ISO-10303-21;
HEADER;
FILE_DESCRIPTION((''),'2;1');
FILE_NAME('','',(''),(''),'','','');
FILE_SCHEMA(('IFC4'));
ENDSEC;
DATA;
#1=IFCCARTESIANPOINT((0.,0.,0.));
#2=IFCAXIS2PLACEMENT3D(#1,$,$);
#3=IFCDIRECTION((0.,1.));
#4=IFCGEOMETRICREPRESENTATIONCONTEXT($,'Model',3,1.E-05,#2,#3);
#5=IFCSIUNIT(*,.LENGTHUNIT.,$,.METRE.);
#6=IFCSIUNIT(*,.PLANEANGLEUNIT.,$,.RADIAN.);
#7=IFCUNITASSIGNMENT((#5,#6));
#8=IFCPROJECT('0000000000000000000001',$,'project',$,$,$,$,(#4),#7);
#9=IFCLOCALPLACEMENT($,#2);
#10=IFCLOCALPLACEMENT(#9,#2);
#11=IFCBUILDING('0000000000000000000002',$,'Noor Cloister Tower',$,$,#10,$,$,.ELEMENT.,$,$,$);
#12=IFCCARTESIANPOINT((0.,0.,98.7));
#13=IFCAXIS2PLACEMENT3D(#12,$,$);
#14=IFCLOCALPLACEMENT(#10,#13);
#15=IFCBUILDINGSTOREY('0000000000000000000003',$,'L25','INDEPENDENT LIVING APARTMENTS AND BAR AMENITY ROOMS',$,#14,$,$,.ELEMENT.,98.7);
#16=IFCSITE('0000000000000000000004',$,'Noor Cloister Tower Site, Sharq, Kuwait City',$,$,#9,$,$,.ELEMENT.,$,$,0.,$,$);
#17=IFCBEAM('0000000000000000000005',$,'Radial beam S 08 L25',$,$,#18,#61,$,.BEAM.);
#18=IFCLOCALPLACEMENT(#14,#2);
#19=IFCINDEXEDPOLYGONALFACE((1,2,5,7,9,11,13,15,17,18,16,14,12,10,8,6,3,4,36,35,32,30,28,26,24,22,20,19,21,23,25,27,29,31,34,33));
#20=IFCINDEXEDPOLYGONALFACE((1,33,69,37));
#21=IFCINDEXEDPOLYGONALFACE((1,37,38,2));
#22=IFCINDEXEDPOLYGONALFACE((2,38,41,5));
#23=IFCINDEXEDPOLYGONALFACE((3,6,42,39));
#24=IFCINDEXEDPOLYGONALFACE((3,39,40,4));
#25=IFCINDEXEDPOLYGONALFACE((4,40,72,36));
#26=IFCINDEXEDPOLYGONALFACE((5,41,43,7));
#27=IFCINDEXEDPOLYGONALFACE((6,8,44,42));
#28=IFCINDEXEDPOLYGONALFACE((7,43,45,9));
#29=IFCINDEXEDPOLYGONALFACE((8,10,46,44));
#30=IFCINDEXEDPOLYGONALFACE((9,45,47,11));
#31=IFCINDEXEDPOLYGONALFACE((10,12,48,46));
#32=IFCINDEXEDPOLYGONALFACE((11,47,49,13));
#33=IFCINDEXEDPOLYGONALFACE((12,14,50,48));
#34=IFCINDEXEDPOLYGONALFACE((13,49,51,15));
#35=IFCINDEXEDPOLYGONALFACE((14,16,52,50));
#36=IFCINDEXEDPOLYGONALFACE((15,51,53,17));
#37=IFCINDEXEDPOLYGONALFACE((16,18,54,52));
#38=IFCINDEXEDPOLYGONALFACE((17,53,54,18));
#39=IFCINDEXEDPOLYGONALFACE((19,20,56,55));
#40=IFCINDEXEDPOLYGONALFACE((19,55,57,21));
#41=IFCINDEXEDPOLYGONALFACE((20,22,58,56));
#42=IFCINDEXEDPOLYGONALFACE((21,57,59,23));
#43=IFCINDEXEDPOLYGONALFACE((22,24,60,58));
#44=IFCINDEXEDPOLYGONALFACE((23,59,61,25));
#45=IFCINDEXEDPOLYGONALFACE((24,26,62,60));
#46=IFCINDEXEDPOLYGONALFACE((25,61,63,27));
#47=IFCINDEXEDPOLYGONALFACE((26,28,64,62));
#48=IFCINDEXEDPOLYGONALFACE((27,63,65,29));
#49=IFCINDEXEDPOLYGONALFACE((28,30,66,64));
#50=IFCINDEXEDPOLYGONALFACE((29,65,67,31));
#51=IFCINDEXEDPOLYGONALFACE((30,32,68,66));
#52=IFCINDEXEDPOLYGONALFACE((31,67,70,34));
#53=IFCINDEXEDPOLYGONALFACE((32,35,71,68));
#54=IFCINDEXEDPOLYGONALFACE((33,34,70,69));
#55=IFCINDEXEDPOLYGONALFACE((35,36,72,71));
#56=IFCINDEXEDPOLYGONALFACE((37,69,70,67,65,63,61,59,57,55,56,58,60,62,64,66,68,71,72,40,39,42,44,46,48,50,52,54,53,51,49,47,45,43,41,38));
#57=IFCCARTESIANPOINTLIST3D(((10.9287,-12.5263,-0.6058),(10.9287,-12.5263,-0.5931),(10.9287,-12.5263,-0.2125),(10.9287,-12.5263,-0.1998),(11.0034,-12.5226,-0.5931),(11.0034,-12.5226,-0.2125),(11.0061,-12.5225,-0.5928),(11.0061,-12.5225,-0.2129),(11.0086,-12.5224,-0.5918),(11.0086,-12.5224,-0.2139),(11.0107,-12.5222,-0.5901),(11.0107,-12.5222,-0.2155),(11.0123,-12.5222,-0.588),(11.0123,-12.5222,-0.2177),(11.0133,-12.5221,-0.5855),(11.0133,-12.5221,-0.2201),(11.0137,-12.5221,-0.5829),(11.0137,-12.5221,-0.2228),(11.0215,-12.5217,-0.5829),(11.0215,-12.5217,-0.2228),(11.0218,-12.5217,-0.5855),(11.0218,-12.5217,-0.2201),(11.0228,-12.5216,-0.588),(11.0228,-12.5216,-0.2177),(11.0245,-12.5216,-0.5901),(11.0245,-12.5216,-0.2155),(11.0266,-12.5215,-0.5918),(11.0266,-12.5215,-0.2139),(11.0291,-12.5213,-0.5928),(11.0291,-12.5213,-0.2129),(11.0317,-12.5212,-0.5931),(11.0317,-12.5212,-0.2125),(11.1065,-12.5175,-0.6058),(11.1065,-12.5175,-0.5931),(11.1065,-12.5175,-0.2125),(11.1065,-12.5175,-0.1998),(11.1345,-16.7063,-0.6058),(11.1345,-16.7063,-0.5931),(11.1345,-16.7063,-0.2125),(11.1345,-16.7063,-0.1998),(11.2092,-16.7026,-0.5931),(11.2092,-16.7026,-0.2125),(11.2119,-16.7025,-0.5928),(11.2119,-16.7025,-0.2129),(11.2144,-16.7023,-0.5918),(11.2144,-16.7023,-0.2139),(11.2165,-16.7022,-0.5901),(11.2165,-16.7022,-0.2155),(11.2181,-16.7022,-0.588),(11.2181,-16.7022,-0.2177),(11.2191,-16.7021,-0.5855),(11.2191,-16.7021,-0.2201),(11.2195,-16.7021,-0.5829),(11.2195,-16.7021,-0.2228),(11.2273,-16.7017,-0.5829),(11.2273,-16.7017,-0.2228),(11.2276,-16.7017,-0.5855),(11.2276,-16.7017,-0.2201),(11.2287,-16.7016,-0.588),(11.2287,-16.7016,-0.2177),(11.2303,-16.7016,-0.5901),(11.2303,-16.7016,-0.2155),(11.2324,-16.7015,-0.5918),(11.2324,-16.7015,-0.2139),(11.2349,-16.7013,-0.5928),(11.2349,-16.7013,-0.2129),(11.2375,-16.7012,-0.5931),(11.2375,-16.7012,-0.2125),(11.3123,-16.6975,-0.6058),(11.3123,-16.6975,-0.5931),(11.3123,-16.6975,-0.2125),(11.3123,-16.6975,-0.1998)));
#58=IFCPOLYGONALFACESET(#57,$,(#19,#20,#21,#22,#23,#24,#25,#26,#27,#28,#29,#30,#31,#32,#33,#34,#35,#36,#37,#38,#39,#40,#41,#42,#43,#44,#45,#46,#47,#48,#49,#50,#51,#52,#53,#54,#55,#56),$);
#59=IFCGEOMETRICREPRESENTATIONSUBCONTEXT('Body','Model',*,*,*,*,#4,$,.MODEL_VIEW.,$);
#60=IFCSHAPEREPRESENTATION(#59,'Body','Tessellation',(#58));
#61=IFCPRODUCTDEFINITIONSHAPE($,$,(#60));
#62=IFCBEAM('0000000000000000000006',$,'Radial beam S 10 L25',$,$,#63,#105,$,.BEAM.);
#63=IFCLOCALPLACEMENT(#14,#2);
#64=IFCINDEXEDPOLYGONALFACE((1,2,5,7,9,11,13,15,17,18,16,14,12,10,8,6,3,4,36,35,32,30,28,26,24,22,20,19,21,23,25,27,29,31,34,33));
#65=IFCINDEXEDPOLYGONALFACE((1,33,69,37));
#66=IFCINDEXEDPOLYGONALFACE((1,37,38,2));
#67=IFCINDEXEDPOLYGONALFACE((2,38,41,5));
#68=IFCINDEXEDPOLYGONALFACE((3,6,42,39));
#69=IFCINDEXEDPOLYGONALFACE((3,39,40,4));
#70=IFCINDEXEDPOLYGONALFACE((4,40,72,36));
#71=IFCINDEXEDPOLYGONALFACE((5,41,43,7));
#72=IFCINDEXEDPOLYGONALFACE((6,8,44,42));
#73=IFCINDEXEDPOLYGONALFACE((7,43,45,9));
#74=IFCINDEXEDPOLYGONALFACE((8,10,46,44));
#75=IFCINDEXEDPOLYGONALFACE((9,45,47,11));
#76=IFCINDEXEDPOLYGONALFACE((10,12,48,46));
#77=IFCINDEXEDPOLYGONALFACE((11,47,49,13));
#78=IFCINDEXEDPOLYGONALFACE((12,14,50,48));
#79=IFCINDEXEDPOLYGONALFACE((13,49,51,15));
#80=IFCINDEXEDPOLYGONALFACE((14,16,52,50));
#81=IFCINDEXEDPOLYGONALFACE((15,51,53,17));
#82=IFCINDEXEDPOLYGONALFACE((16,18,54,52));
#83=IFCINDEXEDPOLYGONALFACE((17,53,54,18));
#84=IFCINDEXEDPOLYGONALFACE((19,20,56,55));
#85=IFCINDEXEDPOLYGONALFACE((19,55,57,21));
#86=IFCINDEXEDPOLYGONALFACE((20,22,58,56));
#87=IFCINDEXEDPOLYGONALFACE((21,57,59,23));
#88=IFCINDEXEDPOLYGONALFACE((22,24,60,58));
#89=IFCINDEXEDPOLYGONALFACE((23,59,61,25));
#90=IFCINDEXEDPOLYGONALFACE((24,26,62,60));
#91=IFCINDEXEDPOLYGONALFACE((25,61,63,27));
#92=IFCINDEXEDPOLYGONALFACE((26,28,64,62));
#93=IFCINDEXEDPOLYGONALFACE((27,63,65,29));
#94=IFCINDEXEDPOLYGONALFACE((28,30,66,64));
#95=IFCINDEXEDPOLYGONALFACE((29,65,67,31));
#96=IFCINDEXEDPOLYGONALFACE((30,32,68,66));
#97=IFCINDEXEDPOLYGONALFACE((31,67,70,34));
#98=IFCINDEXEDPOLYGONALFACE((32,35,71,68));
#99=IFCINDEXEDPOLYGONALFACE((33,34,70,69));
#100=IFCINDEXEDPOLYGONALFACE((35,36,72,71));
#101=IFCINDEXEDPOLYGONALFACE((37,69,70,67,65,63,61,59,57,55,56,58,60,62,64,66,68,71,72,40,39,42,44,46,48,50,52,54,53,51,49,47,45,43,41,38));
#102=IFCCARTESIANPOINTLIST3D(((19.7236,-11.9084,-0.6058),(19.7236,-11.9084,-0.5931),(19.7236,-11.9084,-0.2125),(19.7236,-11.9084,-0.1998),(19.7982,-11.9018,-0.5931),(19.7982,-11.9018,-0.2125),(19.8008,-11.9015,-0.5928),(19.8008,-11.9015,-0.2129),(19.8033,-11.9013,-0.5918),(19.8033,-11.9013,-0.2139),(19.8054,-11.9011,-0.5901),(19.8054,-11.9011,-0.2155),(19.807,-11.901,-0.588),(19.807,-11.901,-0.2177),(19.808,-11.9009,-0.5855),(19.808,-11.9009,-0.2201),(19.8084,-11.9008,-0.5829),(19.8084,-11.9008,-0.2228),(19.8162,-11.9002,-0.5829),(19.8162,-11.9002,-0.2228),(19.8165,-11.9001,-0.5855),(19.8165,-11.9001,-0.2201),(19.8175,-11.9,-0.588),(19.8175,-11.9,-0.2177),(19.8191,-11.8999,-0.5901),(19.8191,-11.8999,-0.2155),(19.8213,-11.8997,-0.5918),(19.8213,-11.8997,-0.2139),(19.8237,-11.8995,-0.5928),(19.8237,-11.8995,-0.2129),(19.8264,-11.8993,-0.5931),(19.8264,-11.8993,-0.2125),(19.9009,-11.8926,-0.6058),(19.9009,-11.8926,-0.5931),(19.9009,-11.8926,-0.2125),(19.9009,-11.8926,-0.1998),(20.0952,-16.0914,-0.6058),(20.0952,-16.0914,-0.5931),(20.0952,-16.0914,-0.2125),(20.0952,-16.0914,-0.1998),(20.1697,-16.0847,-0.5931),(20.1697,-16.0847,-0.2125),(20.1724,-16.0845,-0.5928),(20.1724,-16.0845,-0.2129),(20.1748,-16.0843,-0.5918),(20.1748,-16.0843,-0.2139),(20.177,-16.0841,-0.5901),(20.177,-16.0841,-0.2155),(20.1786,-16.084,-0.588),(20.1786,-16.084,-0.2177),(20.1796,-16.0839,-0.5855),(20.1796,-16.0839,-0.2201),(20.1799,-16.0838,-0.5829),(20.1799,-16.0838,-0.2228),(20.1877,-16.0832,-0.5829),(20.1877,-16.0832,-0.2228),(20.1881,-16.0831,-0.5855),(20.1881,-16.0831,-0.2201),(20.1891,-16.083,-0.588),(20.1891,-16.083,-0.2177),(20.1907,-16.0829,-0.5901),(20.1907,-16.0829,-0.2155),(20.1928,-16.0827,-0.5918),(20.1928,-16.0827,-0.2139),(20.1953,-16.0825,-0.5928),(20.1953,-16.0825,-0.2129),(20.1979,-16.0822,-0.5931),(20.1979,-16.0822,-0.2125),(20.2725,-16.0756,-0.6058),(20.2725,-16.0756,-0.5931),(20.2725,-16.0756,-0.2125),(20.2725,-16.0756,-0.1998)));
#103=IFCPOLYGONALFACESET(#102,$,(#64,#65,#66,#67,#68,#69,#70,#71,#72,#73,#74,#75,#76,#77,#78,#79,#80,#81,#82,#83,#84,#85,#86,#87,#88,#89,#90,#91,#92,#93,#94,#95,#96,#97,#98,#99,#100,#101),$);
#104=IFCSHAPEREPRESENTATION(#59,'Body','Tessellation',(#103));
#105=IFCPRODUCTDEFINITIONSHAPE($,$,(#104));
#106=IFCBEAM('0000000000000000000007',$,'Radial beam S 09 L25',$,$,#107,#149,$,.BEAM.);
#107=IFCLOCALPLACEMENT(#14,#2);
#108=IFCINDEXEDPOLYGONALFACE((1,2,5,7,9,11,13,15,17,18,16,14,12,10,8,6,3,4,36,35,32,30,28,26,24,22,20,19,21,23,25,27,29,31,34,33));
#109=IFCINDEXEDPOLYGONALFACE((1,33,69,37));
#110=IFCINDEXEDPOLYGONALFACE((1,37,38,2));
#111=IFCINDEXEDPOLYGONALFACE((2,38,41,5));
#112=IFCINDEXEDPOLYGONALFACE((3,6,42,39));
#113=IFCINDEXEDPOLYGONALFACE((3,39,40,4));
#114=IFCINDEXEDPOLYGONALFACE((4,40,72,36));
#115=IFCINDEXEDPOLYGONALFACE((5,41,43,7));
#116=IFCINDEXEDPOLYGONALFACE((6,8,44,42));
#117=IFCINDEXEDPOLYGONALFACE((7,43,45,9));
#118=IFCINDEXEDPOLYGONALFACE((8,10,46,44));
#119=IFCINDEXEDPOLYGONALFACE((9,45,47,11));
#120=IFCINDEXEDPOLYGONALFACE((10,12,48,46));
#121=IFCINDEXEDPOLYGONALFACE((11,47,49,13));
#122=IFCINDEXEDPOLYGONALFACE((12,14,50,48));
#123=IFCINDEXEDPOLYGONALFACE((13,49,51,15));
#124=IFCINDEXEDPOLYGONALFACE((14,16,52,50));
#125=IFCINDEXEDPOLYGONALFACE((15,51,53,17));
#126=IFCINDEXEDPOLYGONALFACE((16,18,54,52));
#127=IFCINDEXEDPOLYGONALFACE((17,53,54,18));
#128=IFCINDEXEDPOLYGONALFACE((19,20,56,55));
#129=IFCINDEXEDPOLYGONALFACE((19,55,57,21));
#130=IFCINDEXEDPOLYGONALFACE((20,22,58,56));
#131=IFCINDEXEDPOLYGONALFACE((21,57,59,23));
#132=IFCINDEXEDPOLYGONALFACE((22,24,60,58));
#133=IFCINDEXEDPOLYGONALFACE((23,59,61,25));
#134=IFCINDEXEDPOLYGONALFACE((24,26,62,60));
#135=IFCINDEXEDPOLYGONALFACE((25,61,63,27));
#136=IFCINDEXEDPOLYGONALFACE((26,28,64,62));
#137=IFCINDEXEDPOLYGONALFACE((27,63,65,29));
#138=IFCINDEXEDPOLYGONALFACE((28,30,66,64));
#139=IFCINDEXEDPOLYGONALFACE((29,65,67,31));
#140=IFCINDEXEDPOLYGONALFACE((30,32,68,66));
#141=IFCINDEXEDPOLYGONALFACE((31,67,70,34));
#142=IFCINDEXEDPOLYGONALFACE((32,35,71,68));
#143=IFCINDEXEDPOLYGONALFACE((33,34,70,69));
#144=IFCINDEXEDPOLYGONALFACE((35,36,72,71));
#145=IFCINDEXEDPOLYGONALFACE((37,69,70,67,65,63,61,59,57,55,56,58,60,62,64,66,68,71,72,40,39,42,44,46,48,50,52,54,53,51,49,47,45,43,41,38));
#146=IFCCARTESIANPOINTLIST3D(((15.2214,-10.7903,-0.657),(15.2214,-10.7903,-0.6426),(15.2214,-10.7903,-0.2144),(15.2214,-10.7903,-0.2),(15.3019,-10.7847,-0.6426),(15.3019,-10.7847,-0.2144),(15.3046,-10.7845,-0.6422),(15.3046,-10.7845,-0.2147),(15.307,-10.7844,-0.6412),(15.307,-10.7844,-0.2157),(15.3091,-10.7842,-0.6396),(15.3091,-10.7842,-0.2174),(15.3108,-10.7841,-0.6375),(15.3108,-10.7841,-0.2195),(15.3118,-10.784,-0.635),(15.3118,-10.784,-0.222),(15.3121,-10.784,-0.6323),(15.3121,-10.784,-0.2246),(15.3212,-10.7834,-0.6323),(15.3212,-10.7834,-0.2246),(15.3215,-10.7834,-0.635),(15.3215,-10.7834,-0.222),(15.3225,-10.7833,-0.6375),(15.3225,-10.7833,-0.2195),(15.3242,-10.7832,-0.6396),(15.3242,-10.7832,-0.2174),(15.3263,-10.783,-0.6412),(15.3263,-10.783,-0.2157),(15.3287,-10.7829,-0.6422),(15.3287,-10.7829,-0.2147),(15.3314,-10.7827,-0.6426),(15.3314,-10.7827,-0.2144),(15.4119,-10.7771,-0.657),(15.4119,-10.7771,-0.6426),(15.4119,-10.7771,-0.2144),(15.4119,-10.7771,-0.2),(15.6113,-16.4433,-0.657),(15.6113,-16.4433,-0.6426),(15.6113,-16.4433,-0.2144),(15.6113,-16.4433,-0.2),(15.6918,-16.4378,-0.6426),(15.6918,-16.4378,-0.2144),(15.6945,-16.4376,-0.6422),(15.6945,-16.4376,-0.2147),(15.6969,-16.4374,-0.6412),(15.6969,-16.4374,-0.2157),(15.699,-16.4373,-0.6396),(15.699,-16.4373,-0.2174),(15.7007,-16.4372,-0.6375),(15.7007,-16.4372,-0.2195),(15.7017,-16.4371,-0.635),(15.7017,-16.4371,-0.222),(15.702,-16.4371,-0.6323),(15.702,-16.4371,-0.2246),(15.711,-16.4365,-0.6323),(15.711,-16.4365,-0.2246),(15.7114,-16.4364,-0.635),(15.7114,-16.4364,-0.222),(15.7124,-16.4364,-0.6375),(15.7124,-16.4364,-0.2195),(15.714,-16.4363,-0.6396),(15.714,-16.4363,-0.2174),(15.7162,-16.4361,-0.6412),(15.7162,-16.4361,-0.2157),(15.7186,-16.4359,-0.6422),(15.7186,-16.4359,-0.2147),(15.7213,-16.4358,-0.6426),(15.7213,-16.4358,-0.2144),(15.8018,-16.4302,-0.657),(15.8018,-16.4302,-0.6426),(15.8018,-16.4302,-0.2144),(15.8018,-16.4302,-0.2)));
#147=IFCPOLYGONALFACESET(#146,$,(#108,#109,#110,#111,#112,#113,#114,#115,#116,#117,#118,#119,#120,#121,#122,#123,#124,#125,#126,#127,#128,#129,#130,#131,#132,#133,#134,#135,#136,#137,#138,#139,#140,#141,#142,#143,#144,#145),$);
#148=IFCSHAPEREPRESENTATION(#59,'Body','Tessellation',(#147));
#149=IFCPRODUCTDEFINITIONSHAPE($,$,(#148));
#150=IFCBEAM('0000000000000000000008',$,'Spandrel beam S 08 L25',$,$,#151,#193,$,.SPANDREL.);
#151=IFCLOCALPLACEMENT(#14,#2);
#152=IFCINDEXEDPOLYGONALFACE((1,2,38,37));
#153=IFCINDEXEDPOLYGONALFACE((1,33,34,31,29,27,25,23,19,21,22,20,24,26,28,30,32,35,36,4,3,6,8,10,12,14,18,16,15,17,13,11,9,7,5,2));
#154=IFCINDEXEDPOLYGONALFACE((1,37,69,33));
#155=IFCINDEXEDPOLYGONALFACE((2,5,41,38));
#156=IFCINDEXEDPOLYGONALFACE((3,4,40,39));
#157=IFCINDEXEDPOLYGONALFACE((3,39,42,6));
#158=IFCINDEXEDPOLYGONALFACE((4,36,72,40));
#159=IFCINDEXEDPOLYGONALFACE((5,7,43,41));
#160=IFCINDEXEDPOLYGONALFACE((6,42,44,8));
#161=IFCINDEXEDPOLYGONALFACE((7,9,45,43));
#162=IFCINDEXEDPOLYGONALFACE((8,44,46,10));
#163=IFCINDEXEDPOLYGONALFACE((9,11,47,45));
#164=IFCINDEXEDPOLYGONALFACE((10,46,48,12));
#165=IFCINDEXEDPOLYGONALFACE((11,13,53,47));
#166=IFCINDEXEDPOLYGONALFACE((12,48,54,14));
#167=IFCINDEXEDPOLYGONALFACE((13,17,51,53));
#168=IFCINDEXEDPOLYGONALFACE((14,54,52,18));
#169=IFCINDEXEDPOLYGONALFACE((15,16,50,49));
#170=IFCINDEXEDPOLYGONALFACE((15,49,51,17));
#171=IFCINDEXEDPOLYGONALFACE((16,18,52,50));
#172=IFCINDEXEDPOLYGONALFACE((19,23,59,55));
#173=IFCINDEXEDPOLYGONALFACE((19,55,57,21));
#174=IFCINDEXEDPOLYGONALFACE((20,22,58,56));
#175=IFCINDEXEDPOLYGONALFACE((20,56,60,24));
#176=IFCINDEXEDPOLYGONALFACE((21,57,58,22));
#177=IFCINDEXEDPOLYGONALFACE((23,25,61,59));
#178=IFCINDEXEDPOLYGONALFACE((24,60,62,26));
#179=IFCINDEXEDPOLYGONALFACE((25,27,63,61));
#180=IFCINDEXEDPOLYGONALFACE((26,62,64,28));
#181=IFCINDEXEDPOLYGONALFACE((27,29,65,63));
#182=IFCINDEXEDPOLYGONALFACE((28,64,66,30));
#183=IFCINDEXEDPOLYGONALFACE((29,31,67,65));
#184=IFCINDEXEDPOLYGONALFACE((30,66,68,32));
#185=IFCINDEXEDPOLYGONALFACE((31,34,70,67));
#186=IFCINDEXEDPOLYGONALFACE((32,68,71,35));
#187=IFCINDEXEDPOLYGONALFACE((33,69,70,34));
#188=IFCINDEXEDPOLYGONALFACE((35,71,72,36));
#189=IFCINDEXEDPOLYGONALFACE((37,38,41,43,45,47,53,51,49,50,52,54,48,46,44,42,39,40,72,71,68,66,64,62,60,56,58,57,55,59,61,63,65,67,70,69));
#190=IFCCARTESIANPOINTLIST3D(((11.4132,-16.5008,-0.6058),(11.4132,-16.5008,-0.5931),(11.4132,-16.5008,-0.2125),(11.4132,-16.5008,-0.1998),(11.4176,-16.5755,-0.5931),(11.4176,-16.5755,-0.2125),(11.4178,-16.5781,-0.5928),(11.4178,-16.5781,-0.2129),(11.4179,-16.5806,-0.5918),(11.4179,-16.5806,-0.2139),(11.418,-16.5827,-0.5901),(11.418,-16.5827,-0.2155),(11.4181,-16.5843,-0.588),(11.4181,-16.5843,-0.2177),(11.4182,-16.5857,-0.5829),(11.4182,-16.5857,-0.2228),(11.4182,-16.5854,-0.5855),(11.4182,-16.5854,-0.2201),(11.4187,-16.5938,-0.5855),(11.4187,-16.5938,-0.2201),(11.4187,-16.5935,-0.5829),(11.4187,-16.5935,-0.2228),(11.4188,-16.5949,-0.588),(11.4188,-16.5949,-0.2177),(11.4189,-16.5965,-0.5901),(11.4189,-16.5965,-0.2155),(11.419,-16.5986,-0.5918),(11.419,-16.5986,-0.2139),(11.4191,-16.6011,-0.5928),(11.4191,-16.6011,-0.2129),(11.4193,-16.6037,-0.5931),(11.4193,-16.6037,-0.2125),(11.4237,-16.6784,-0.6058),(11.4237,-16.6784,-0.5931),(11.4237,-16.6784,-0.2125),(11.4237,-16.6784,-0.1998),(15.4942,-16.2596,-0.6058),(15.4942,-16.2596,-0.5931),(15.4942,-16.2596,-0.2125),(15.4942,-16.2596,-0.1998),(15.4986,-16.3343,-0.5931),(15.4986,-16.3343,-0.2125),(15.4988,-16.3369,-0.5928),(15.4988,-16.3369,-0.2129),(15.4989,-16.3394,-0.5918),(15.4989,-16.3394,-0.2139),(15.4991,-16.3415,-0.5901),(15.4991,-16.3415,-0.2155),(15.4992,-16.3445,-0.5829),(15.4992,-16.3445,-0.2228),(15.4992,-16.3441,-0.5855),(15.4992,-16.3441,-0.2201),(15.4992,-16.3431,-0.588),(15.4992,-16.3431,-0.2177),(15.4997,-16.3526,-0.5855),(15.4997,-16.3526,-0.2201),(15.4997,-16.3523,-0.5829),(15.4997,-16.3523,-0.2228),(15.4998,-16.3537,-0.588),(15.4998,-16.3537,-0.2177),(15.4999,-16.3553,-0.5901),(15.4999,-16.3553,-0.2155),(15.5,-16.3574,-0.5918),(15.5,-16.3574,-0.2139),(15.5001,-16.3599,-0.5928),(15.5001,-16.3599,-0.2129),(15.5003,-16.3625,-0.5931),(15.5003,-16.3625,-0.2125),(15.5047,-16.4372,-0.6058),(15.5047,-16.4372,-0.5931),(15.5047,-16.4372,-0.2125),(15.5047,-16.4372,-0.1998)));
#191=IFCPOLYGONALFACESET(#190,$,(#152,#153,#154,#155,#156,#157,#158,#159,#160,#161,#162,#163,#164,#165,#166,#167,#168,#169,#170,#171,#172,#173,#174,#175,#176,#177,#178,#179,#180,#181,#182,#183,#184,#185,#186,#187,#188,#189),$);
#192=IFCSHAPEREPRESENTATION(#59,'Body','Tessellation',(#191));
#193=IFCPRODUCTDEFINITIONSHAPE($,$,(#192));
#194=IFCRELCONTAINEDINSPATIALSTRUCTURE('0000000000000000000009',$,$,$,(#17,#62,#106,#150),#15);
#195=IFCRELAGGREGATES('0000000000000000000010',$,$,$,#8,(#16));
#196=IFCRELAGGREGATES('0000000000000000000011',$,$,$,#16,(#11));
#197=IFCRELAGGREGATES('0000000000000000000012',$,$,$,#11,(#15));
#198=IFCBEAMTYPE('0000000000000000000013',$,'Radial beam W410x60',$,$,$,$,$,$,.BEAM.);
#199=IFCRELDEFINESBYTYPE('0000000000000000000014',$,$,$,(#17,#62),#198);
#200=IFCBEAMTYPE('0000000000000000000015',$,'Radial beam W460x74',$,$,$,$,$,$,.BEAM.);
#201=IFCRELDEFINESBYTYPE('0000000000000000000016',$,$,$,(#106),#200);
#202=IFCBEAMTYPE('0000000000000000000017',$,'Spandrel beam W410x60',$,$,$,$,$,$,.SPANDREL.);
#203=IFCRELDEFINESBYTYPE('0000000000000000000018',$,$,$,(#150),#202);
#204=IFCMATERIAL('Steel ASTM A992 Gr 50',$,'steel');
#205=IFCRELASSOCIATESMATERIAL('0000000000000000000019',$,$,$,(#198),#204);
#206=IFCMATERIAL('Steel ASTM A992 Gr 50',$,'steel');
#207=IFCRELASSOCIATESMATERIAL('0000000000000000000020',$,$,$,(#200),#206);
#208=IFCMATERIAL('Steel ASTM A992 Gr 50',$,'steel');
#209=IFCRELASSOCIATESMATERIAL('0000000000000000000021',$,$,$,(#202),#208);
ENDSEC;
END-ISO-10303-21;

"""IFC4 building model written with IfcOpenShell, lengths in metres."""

from ifc_helpers import new_model, si_unit, direction, frame, origin, origin_2d, place, context, subcontext, project, spatial, i_section, extrude, material, material_profile, profile_set, type_object, element, save


model = new_model("IFC4")

# Units and contexts
model_context = context("Model", 3, precision=1e-05, world=origin(), true_north=direction((0.0, 1.0)))
body_context = subcontext(model_context, "Body", "Model", "MODEL_VIEW")
ifc_project = project(units=[si_unit("LENGTHUNIT", "METRE"), si_unit("PLANEANGLEUNIT", "RADIAN")], contexts=[model_context])

# Site, building, storey
site_placement = place(None, origin())
site = spatial("IfcSite", under=ifc_project, at=site_placement, Name="Noor Cloister Tower Site, Sharq, Kuwait City", CompositionType="ELEMENT", RefElevation=0.0)
building_placement = place(site_placement, origin())
building = spatial("IfcBuilding", under=site, at=building_placement, Name="Noor Cloister Tower", CompositionType="ELEMENT")
storey_placement = place(building_placement, frame((0.0, 0.0, 98.7)))
storey = spatial("IfcBuildingStorey", under=building, at=storey_placement, Name="L25", Description="INDEPENDENT LIVING APARTMENTS AND BAR AMENITY ROOMS", CompositionType="ELEMENT", Elevation=98.7)

# Beams
ifc_material_1 = material(Name="Steel ASTM A992 Gr 50", Category="steel")
ifc_material_profile_1 = material_profile(ifc_material_1, i_section(OverallWidth=0.178, OverallDepth=0.406, WebThickness=0.0078, FlangeThickness=0.0127, FilletRadius=0.0103, at=origin_2d()), Name="W410x60")
ifc_profile_set_1 = profile_set([ifc_material_profile_1], Name="Steel ASTM A992 Gr 50")
beam_type_1 = type_object("IfcBeamType", Name="Radial beam W410x60", PredefinedType="BEAM", material=ifc_profile_set_1)
beam_1_placement = place(storey_placement, frame((11.2234, -16.7019, -0.4028), z_axis=(-0.049178, 0.99879, 0.0), x_axis=(-0.99879, -0.049178, 0.0)))
element("IfcBeam", 1, at=beam_1_placement, inside=storey, type_object=beam_type_1, Name="Radial beam S 08 L25", PredefinedType="BEAM", context=body_context, shape_type="SweptSolid", body=[
    extrude(i_section(OverallWidth=0.178, OverallDepth=0.406, WebThickness=0.0078, FlangeThickness=0.0127, FilletRadius=0.0103, at=origin_2d()), origin(), (0.0, 0.0, 1.0), 4.1851),
])
beam_2_placement = place(storey_placement, frame((20.1838, -16.0835, -0.4028), z_axis=(-0.088481, 0.996078, 0.0), x_axis=(-0.996078, -0.088481, 0.0)))
element("IfcBeam", 2, at=beam_2_placement, inside=storey, type_object=beam_type_1, Name="Radial beam S 10 L25", PredefinedType="BEAM", context=body_context, shape_type="SweptSolid", body=[
    extrude(i_section(OverallWidth=0.178, OverallDepth=0.406, WebThickness=0.0078, FlangeThickness=0.0127, FilletRadius=0.0103, at=origin_2d()), origin(), (0.0, 0.0, 1.0), 4.1995),
])
ifc_material_2 = material(Name="Steel ASTM A992 Gr 50", Category="steel")
ifc_material_profile_2 = material_profile(ifc_material_2, i_section(OverallWidth=0.1909, OverallDepth=0.457, WebThickness=0.009, FlangeThickness=0.0144, FilletRadius=0.0103, at=origin_2d()), Name="W460x74")
ifc_profile_set_2 = profile_set([ifc_material_profile_2], Name="Steel ASTM A992 Gr 50")
beam_type_2 = type_object("IfcBeamType", Name="Radial beam W460x74", PredefinedType="BEAM", material=ifc_profile_set_2)
beam_3_placement = place(storey_placement, frame((15.7065, -16.4368, -0.4285), z_axis=(-0.068807, 0.99763, 0.0), x_axis=(-0.99763, -0.068807, 0.0)))
element("IfcBeam", 3, at=beam_3_placement, inside=storey, type_object=beam_type_2, Name="Radial beam S 09 L25", PredefinedType="BEAM", context=body_context, shape_type="SweptSolid", body=[
    extrude(i_section(OverallWidth=0.1909, OverallDepth=0.457, WebThickness=0.009, FlangeThickness=0.0144, FilletRadius=0.0103, at=origin_2d()), origin(), (0.0, 0.0, 1.0), 5.6665),
])
ifc_material_3 = material(Name="Steel ASTM A992 Gr 50", Category="steel")
ifc_material_profile_3 = material_profile(ifc_material_3, i_section(OverallWidth=0.178, OverallDepth=0.406, WebThickness=0.0078, FlangeThickness=0.0127, FilletRadius=0.0103, at=origin_2d()), Name="W410x60")
ifc_profile_set_3 = profile_set([ifc_material_profile_3], Name="Steel ASTM A992 Gr 50")
beam_type_3 = type_object("IfcBeamType", Name="Spandrel beam W410x60", PredefinedType="SPANDREL", material=ifc_profile_set_3)
for number, where, z_axis, x_axis, name in (
    (4, (11.4185, -16.5896, -0.4028), (0.998258, 0.059002, 0.0), (-0.059002, 0.998258, 0.0), "Spandrel beam S 08 L25"),
):
    element("IfcBeam", number, at=place(storey_placement, frame(where, z_axis=z_axis, x_axis=x_axis)), inside=storey, type_object=beam_type_3, Name=name, PredefinedType="SPANDREL", context=body_context, shape_type="SweptSolid", body=[
        extrude(i_section(OverallWidth=0.178, OverallDepth=0.406, WebThickness=0.0078, FlangeThickness=0.0127, FilletRadius=0.0103, at=origin_2d()), origin(), (0.0, 0.0, 1.0), 4.0881),
    ])

save(model, "model.ifc")
